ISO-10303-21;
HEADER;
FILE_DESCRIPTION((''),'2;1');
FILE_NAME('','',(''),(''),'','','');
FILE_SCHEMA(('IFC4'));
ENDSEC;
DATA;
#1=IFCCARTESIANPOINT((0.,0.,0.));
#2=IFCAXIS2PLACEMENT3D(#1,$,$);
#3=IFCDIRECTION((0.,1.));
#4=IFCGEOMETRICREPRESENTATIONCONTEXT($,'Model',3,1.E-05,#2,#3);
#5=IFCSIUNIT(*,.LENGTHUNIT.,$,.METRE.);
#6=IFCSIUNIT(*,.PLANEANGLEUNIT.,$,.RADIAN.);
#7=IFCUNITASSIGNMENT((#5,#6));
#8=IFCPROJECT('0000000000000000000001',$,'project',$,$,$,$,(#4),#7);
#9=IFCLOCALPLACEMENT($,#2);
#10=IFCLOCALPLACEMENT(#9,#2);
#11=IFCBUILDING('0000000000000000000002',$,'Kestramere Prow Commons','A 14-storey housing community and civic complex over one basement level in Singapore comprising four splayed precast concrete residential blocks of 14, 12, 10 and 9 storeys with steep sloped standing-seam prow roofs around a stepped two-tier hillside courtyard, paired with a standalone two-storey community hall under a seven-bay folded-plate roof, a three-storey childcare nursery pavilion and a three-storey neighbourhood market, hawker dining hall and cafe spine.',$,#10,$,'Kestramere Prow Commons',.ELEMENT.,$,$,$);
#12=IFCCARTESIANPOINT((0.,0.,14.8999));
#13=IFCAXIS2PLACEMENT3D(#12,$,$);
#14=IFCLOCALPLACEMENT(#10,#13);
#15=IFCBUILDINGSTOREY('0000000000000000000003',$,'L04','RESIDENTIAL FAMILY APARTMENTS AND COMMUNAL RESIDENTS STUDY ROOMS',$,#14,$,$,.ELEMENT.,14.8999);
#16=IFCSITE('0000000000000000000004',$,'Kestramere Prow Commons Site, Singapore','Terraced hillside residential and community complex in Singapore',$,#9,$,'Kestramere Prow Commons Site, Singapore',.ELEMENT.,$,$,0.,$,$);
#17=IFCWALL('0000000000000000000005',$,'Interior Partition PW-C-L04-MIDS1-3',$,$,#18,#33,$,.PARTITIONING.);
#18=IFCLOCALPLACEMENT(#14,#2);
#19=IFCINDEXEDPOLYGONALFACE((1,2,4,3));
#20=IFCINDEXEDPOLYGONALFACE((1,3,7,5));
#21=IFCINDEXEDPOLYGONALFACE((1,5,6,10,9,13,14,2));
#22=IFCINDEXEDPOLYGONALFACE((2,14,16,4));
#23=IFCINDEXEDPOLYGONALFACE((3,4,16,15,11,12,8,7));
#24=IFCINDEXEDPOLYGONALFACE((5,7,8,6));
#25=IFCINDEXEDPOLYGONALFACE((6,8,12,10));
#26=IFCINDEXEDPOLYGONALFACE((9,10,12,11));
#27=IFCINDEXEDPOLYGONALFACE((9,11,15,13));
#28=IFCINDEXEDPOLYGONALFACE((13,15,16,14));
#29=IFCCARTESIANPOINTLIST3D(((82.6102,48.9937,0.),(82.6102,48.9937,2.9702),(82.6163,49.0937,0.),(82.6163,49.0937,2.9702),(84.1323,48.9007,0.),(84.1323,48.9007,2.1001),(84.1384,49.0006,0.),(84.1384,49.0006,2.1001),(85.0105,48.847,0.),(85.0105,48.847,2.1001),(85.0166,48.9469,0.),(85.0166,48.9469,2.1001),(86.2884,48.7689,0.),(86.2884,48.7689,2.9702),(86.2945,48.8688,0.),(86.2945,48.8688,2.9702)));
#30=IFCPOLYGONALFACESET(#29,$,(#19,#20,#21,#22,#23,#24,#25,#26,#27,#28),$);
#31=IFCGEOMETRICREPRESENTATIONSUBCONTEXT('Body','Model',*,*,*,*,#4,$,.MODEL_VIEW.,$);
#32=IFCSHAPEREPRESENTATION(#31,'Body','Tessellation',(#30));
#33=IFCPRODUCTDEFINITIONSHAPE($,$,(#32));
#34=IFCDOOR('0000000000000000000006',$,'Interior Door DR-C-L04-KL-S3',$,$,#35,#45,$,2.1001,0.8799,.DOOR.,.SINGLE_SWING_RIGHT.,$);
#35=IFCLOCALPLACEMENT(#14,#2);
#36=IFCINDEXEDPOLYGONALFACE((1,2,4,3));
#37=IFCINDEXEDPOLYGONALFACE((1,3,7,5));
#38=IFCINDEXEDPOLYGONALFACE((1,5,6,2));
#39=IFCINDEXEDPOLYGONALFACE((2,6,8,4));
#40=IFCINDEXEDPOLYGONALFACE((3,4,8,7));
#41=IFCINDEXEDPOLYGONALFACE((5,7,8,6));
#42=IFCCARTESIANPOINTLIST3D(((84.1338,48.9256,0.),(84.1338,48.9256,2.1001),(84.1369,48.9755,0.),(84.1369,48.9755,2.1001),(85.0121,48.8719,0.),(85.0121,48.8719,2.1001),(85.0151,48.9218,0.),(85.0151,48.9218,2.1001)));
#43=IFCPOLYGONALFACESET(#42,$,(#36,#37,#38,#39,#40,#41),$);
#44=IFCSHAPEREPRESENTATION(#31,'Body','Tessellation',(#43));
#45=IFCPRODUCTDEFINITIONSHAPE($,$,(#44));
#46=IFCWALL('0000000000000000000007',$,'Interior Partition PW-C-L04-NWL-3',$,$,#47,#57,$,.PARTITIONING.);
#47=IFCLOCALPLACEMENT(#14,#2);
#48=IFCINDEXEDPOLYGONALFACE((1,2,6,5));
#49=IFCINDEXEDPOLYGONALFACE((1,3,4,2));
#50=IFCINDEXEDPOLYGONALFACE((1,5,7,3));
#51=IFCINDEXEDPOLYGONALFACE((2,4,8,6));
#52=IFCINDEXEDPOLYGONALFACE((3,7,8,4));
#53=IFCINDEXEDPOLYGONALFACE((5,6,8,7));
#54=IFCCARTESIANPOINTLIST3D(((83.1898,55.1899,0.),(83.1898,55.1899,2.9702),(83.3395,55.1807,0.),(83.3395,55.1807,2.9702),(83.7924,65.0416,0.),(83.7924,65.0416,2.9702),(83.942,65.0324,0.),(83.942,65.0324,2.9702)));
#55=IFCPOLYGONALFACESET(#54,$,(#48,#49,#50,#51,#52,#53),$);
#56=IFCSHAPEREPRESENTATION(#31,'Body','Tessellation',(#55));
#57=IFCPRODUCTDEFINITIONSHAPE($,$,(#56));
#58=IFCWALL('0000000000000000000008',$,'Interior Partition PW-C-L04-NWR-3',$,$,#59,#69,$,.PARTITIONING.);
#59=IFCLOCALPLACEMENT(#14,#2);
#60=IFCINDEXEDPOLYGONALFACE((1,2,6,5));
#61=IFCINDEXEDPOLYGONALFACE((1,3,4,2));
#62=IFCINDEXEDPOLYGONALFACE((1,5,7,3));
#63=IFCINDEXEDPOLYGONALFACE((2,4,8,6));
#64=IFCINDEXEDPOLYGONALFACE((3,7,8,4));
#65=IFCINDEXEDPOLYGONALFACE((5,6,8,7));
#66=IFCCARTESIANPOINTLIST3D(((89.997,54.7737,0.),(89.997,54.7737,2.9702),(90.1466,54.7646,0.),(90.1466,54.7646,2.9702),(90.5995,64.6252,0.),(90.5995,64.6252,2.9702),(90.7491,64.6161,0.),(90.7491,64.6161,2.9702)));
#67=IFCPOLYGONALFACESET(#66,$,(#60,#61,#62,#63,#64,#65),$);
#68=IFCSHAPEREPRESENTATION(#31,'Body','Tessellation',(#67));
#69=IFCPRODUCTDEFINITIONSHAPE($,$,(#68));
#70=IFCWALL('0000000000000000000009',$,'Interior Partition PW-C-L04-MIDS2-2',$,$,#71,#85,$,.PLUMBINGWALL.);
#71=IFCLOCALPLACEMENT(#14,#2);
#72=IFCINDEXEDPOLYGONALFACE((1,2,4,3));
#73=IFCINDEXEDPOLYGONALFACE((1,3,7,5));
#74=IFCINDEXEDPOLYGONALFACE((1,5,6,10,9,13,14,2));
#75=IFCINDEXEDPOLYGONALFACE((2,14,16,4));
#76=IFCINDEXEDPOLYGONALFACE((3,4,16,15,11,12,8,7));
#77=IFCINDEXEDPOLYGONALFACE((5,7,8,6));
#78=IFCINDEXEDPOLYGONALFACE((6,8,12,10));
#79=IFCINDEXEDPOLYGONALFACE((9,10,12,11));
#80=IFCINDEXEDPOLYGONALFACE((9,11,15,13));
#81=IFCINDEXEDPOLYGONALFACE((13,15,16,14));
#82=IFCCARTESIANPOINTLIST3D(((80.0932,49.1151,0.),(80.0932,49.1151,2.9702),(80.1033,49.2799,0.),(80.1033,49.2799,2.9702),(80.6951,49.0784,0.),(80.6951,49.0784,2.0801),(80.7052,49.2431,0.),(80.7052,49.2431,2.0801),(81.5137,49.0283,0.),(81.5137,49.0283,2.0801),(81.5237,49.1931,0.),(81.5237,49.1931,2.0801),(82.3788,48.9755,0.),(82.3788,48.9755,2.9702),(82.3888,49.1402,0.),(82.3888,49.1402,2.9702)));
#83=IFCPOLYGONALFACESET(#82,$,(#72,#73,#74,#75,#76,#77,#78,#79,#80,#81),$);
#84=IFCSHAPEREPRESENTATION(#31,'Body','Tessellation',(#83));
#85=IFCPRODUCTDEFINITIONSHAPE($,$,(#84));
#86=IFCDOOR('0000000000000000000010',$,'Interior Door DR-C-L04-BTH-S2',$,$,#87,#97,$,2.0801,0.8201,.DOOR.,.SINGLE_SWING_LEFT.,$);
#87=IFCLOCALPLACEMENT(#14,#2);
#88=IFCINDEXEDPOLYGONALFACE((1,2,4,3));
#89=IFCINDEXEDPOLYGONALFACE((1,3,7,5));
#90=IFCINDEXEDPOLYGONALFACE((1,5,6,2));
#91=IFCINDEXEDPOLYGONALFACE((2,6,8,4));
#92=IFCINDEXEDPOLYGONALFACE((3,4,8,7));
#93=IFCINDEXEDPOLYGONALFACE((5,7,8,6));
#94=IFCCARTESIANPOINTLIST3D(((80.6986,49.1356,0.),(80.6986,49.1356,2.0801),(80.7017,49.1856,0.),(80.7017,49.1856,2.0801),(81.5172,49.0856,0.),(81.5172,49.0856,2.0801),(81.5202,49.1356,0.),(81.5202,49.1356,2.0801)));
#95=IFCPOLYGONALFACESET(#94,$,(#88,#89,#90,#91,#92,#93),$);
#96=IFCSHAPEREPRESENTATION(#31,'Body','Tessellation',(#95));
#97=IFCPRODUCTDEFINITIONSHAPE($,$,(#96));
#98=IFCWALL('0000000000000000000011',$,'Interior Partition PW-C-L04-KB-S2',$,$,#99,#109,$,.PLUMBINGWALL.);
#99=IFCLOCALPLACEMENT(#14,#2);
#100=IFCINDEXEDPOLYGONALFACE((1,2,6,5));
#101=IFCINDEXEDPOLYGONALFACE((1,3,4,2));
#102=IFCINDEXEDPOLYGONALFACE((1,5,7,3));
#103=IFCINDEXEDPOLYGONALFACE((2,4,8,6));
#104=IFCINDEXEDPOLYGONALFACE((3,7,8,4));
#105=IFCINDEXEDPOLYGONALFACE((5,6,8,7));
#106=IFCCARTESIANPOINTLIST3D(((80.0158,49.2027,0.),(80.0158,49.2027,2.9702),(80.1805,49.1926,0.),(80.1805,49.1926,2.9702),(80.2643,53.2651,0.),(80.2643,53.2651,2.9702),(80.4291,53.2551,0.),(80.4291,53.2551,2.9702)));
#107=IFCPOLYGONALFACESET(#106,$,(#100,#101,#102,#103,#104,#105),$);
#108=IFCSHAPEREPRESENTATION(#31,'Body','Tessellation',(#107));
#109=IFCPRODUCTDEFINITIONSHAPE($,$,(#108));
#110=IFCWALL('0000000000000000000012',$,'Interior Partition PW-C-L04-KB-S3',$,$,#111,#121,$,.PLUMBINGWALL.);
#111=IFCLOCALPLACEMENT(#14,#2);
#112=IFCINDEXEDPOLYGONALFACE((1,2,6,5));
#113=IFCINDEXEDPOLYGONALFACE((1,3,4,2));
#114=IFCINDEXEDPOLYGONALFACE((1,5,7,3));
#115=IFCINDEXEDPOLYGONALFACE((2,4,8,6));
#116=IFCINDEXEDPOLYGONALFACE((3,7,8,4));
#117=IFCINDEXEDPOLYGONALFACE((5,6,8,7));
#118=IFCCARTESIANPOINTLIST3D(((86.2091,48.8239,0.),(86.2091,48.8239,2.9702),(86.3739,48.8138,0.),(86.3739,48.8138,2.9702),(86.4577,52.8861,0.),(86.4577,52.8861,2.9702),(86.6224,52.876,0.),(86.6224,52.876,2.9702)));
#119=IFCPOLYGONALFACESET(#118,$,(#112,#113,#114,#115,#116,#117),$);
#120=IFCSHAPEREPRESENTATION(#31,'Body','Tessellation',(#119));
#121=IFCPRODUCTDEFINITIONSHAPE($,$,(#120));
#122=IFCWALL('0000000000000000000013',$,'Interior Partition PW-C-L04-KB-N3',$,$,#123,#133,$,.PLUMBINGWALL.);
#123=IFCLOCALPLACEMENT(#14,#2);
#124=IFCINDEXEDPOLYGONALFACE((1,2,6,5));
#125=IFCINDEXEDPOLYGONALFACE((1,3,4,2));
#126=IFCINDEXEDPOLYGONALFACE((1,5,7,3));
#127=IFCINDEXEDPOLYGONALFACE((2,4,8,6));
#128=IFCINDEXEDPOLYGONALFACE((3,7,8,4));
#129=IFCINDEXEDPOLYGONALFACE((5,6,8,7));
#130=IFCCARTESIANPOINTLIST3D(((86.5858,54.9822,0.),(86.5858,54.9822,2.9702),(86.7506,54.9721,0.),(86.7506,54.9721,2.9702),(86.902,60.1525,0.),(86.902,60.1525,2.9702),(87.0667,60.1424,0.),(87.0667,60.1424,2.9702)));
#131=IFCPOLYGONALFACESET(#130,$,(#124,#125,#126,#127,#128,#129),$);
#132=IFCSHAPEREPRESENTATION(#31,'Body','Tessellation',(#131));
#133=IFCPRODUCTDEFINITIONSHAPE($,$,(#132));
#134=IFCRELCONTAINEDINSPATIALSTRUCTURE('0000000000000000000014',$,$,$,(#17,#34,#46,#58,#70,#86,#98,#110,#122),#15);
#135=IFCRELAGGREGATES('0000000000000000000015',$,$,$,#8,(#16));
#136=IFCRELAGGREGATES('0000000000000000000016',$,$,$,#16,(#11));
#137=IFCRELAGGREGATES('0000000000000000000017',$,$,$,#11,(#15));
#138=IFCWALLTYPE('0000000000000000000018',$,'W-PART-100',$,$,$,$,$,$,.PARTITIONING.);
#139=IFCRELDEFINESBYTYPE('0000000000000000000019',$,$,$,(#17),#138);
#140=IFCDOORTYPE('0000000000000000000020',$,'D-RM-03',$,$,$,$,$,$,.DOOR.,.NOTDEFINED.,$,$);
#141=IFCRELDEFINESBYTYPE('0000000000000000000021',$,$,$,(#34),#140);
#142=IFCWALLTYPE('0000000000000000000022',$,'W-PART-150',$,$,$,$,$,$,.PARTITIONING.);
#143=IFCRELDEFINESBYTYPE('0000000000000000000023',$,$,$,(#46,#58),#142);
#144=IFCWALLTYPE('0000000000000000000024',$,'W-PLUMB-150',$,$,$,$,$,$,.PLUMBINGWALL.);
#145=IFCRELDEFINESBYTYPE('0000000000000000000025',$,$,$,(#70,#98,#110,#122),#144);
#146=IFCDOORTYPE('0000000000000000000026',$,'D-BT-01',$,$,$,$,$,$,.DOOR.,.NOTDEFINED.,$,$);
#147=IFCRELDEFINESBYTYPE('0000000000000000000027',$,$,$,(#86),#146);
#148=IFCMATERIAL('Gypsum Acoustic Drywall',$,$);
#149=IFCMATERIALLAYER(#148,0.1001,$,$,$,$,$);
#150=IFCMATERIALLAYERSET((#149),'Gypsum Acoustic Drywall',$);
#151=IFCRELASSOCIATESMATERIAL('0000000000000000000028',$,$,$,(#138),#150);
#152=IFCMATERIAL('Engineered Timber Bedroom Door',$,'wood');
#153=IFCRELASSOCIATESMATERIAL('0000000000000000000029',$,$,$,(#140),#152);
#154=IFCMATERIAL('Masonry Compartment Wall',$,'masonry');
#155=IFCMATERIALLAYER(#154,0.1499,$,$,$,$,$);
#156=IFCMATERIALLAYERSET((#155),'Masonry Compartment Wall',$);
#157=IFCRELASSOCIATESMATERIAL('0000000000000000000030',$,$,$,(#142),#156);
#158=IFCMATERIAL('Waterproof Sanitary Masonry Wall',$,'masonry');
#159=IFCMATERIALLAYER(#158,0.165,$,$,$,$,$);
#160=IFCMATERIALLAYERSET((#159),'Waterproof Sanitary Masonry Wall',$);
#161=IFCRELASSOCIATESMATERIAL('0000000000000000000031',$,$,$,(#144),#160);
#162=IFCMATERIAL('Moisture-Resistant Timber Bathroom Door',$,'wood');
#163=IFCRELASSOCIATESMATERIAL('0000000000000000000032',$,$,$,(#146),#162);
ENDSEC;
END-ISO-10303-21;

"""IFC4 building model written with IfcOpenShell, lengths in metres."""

from ifc_helpers import new_model, si_unit, direction, frame, frame_2d, origin, place, context, subcontext, project, spatial, rectangle, extrude, material, layer, layer_set, type_object, element, fill, save


model = new_model("IFC4")

# Units and contexts
model_context = context("Model", 3, precision=1e-05, world=origin(), true_north=direction((0.0, 1.0)))
body_context = subcontext(model_context, "Body", "Model", "MODEL_VIEW")
ifc_project = project(units=[si_unit("LENGTHUNIT", "METRE"), si_unit("PLANEANGLEUNIT", "RADIAN")], contexts=[model_context])

# Site, building, storey
site_placement = place(None, origin())
site = spatial("IfcSite", under=ifc_project, at=site_placement, Name="Kestramere Prow Commons Site, Singapore", Description="Terraced hillside residential and community complex in Singapore", LongName="Kestramere Prow Commons Site, Singapore", CompositionType="ELEMENT", RefElevation=0.0)
building_placement = place(site_placement, origin())
building = spatial("IfcBuilding", under=site, at=building_placement, Name="Kestramere Prow Commons", Description="A 14-storey housing community and civic complex over one basement level in Singapore comprising four splayed precast concrete residential blocks of 14, 12, 10 and 9 storeys with steep sloped standing-seam prow roofs around a stepped two-tier hillside courtyard, paired with a standalone two-storey community hall under a seven-bay folded-plate roof, a three-storey childcare nursery pavilion and a three-storey neighbourhood market, hawker dining hall and cafe spine.", LongName="Kestramere Prow Commons", CompositionType="ELEMENT")
storey_placement = place(building_placement, frame((0.0, 0.0, 14.8999)))
storey = spatial("IfcBuildingStorey", under=building, at=storey_placement, Name="L04", Description="RESIDENTIAL FAMILY APARTMENTS AND COMMUNAL RESIDENTS STUDY ROOMS", CompositionType="ELEMENT", Elevation=14.8999)

# Wall, opening, door
ifc_material_1 = material(Name="Gypsum Acoustic Drywall")
ifc_layer_1 = layer(ifc_material_1, 0.1001)
ifc_layer_set_1 = layer_set([ifc_layer_1], Name="Gypsum Acoustic Drywall")
wall_type_1 = type_object("IfcWallType", Name="W-PART-100", PredefinedType="PARTITIONING", material=ifc_layer_set_1)
wall_1_placement = place(storey_placement, frame((82.6133, 49.0437, 0.0), z_axis=(0.0, 0.0, 1.0), x_axis=(0.998137, -0.061017, 0.0)))
wall_1 = element("IfcWall", 1, at=wall_1_placement, inside=storey, type_object=wall_type_1, Name="Interior Partition PW-C-L04-MIDS1-3", PredefinedType="PARTITIONING", context=body_context, shape_type="SweptSolid", body=[
    extrude(rectangle(XDim=3.6851, YDim=0.1001, at=frame_2d((1.8425, 0.0))), origin(), (0.0, 0.0, 1.0), 2.9702),
])
opening_1_placement = place(wall_1_placement, frame((1.5249, 0.0, 0.0)))
opening_1 = element("IfcOpeningElement", 2, at=opening_1_placement, cuts=wall_1, PredefinedType="OPENING", context=body_context, shape_type="SweptSolid", body=[
    extrude(rectangle(XDim=0.8799, YDim=2.1001, at=frame_2d((0.4399, 1.05))), frame((0.0, 0.0649, 0.0), z_axis=(0.0, -1.0, 0.0), x_axis=(1.0, 0.0, 0.0)), (0.0, 0.0, 1.0), 0.1301),
])
ifc_material_2 = material(Name="Engineered Timber Bedroom Door", Category="wood")
door_type_1 = type_object("IfcDoorType", Name="D-RM-03", OperationType="NOTDEFINED", PredefinedType="DOOR", material=ifc_material_2)
door_1_placement = place(opening_1_placement, origin())
door_1 = element("IfcDoor", 3, at=door_1_placement, inside=storey, type_object=door_type_1, Name="Interior Door DR-C-L04-KL-S3", OperationType="SINGLE_SWING_RIGHT", OverallHeight=2.1001, OverallWidth=0.8799, PredefinedType="DOOR", context=body_context, shape_type="SweptSolid", body=[
    extrude(rectangle(XDim=0.8799, YDim=2.1001, at=frame_2d((0.4399, 1.05))), frame((0.0, 0.0249, 0.0), z_axis=(0.0, -1.0, 0.0), x_axis=(1.0, 0.0, 0.0)), (0.0, 0.0, 1.0), 0.05),
])
fill(opening_1, door_1)

# Walls
ifc_material_3 = material(Name="Masonry Compartment Wall", Category="masonry")
ifc_layer_2 = layer(ifc_material_3, 0.1499)
ifc_layer_set_2 = layer_set([ifc_layer_2], Name="Masonry Compartment Wall")
wall_type_2 = type_object("IfcWallType", Name="W-PART-150", PredefinedType="PARTITIONING", material=ifc_layer_set_2)
wall_2_placement = place(storey_placement, frame((83.2646, 55.1853, 0.0), z_axis=(0.0, 0.0, 1.0), x_axis=(0.061046, 0.998135, 0.0)))
element("IfcWall", 4, at=wall_2_placement, inside=storey, type_object=wall_type_2, Name="Interior Partition PW-C-L04-NWL-3", PredefinedType="PARTITIONING", context=body_context, shape_type="SweptSolid", body=[
    extrude(rectangle(XDim=9.8701, YDim=0.1499, at=frame_2d((4.9351, 0.0))), origin(), (0.0, 0.0, 1.0), 2.9702),
])
wall_3_placement = place(storey_placement, frame((90.0718, 54.769, 0.0), z_axis=(0.0, 0.0, 1.0), x_axis=(0.061048, 0.998135, 0.0)))
element("IfcWall", 5, at=wall_3_placement, inside=storey, type_object=wall_type_2, Name="Interior Partition PW-C-L04-NWR-3", PredefinedType="PARTITIONING", context=body_context, shape_type="SweptSolid", body=[
    extrude(rectangle(XDim=9.8699, YDim=0.1499, at=frame_2d((4.9351, 0.0))), origin(), (0.0, 0.0, 1.0), 2.9702),
])

# Wall, opening, door
ifc_material_4 = material(Name="Waterproof Sanitary Masonry Wall", Category="masonry")
ifc_layer_3 = layer(ifc_material_4, 0.165)
ifc_layer_set_3 = layer_set([ifc_layer_3], Name="Waterproof Sanitary Masonry Wall")
wall_type_3 = type_object("IfcWallType", Name="W-PLUMB-150", PredefinedType="PLUMBINGWALL", material=ifc_layer_set_3)
wall_4_placement = place(storey_placement, frame((80.0981, 49.1975, 0.0), z_axis=(0.0, 0.0, 1.0), x_axis=(0.998139, -0.060984, 0.0)))
wall_4 = element("IfcWall", 6, at=wall_4_placement, inside=storey, type_object=wall_type_3, Name="Interior Partition PW-C-L04-MIDS2-2", PredefinedType="PLUMBINGWALL", context=body_context, shape_type="SweptSolid", body=[
    extrude(rectangle(XDim=2.2898, YDim=0.165, at=frame_2d((1.145, 0.0))), origin(), (0.0, 0.0, 1.0), 2.9702),
])
opening_2_placement = place(wall_4_placement, frame((0.603, 0.0, 0.0)))
opening_2 = element("IfcOpeningElement", 7, at=opening_2_placement, cuts=wall_4, PredefinedType="OPENING", context=body_context, shape_type="SweptSolid", body=[
    extrude(rectangle(XDim=0.8201, YDim=2.0801, at=frame_2d((0.4102, 1.04))), frame((0.0, 0.0974, 0.0), z_axis=(0.0, -1.0, 0.0), x_axis=(1.0, 0.0, 0.0)), (0.0, 0.0, 1.0), 0.1951),
])
ifc_material_5 = material(Name="Moisture-Resistant Timber Bathroom Door", Category="wood")
door_type_2 = type_object("IfcDoorType", Name="D-BT-01", OperationType="NOTDEFINED", PredefinedType="DOOR", material=ifc_material_5)
door_2_placement = place(opening_2_placement, origin())
door_2 = element("IfcDoor", 8, at=door_2_placement, inside=storey, type_object=door_type_2, Name="Interior Door DR-C-L04-BTH-S2", OperationType="SINGLE_SWING_LEFT", OverallHeight=2.0801, OverallWidth=0.8201, PredefinedType="DOOR", context=body_context, shape_type="SweptSolid", body=[
    extrude(rectangle(XDim=0.8201, YDim=2.0801, at=frame_2d((0.4102, 1.04))), frame((0.0, 0.0249, 0.0), z_axis=(0.0, -1.0, 0.0), x_axis=(1.0, 0.0, 0.0)), (0.0, 0.0, 1.0), 0.05),
])
fill(opening_2, door_2)

# Walls
wall_5_placement = place(storey_placement, frame((80.0981, 49.1975, 0.0), z_axis=(0.0, 0.0, 1.0), x_axis=(0.061064, 0.998134, 0.0)))
element("IfcWall", 9, at=wall_5_placement, inside=storey, type_object=wall_type_3, Name="Interior Partition PW-C-L04-KB-S2", PredefinedType="PLUMBINGWALL", context=body_context, shape_type="SweptSolid", body=[
    extrude(rectangle(XDim=4.0701, YDim=0.165, at=frame_2d((2.0352, 0.0))), origin(), (0.0, 0.0, 1.0), 2.9702),
])
wall_6_placement = place(storey_placement, frame((86.2915, 48.8188, 0.0), z_axis=(0.0, 0.0, 1.0), x_axis=(0.061067, 0.998134, 0.0)))
element("IfcWall", 10, at=wall_6_placement, inside=storey, type_object=wall_type_3, Name="Interior Partition PW-C-L04-KB-S3", PredefinedType="PLUMBINGWALL", context=body_context, shape_type="SweptSolid", body=[
    extrude(rectangle(XDim=4.0698, YDim=0.165, at=frame_2d((2.0349, 0.0))), origin(), (0.0, 0.0, 1.0), 2.9702),
])
wall_7_placement = place(storey_placement, frame((86.6682, 54.9773, 0.0), z_axis=(0.0, 0.0, 1.0), x_axis=(0.061037, 0.998135, 0.0)))
element("IfcWall", 11, at=wall_7_placement, inside=storey, type_object=wall_type_3, Name="Interior Partition PW-C-L04-KB-N3", PredefinedType="PLUMBINGWALL", context=body_context, shape_type="SweptSolid", body=[
    extrude(rectangle(XDim=5.1799, YDim=0.165, at=frame_2d((2.5898, 0.0))), origin(), (0.0, 0.0, 1.0), 2.9702),
])

save(model, "model.ifc")
